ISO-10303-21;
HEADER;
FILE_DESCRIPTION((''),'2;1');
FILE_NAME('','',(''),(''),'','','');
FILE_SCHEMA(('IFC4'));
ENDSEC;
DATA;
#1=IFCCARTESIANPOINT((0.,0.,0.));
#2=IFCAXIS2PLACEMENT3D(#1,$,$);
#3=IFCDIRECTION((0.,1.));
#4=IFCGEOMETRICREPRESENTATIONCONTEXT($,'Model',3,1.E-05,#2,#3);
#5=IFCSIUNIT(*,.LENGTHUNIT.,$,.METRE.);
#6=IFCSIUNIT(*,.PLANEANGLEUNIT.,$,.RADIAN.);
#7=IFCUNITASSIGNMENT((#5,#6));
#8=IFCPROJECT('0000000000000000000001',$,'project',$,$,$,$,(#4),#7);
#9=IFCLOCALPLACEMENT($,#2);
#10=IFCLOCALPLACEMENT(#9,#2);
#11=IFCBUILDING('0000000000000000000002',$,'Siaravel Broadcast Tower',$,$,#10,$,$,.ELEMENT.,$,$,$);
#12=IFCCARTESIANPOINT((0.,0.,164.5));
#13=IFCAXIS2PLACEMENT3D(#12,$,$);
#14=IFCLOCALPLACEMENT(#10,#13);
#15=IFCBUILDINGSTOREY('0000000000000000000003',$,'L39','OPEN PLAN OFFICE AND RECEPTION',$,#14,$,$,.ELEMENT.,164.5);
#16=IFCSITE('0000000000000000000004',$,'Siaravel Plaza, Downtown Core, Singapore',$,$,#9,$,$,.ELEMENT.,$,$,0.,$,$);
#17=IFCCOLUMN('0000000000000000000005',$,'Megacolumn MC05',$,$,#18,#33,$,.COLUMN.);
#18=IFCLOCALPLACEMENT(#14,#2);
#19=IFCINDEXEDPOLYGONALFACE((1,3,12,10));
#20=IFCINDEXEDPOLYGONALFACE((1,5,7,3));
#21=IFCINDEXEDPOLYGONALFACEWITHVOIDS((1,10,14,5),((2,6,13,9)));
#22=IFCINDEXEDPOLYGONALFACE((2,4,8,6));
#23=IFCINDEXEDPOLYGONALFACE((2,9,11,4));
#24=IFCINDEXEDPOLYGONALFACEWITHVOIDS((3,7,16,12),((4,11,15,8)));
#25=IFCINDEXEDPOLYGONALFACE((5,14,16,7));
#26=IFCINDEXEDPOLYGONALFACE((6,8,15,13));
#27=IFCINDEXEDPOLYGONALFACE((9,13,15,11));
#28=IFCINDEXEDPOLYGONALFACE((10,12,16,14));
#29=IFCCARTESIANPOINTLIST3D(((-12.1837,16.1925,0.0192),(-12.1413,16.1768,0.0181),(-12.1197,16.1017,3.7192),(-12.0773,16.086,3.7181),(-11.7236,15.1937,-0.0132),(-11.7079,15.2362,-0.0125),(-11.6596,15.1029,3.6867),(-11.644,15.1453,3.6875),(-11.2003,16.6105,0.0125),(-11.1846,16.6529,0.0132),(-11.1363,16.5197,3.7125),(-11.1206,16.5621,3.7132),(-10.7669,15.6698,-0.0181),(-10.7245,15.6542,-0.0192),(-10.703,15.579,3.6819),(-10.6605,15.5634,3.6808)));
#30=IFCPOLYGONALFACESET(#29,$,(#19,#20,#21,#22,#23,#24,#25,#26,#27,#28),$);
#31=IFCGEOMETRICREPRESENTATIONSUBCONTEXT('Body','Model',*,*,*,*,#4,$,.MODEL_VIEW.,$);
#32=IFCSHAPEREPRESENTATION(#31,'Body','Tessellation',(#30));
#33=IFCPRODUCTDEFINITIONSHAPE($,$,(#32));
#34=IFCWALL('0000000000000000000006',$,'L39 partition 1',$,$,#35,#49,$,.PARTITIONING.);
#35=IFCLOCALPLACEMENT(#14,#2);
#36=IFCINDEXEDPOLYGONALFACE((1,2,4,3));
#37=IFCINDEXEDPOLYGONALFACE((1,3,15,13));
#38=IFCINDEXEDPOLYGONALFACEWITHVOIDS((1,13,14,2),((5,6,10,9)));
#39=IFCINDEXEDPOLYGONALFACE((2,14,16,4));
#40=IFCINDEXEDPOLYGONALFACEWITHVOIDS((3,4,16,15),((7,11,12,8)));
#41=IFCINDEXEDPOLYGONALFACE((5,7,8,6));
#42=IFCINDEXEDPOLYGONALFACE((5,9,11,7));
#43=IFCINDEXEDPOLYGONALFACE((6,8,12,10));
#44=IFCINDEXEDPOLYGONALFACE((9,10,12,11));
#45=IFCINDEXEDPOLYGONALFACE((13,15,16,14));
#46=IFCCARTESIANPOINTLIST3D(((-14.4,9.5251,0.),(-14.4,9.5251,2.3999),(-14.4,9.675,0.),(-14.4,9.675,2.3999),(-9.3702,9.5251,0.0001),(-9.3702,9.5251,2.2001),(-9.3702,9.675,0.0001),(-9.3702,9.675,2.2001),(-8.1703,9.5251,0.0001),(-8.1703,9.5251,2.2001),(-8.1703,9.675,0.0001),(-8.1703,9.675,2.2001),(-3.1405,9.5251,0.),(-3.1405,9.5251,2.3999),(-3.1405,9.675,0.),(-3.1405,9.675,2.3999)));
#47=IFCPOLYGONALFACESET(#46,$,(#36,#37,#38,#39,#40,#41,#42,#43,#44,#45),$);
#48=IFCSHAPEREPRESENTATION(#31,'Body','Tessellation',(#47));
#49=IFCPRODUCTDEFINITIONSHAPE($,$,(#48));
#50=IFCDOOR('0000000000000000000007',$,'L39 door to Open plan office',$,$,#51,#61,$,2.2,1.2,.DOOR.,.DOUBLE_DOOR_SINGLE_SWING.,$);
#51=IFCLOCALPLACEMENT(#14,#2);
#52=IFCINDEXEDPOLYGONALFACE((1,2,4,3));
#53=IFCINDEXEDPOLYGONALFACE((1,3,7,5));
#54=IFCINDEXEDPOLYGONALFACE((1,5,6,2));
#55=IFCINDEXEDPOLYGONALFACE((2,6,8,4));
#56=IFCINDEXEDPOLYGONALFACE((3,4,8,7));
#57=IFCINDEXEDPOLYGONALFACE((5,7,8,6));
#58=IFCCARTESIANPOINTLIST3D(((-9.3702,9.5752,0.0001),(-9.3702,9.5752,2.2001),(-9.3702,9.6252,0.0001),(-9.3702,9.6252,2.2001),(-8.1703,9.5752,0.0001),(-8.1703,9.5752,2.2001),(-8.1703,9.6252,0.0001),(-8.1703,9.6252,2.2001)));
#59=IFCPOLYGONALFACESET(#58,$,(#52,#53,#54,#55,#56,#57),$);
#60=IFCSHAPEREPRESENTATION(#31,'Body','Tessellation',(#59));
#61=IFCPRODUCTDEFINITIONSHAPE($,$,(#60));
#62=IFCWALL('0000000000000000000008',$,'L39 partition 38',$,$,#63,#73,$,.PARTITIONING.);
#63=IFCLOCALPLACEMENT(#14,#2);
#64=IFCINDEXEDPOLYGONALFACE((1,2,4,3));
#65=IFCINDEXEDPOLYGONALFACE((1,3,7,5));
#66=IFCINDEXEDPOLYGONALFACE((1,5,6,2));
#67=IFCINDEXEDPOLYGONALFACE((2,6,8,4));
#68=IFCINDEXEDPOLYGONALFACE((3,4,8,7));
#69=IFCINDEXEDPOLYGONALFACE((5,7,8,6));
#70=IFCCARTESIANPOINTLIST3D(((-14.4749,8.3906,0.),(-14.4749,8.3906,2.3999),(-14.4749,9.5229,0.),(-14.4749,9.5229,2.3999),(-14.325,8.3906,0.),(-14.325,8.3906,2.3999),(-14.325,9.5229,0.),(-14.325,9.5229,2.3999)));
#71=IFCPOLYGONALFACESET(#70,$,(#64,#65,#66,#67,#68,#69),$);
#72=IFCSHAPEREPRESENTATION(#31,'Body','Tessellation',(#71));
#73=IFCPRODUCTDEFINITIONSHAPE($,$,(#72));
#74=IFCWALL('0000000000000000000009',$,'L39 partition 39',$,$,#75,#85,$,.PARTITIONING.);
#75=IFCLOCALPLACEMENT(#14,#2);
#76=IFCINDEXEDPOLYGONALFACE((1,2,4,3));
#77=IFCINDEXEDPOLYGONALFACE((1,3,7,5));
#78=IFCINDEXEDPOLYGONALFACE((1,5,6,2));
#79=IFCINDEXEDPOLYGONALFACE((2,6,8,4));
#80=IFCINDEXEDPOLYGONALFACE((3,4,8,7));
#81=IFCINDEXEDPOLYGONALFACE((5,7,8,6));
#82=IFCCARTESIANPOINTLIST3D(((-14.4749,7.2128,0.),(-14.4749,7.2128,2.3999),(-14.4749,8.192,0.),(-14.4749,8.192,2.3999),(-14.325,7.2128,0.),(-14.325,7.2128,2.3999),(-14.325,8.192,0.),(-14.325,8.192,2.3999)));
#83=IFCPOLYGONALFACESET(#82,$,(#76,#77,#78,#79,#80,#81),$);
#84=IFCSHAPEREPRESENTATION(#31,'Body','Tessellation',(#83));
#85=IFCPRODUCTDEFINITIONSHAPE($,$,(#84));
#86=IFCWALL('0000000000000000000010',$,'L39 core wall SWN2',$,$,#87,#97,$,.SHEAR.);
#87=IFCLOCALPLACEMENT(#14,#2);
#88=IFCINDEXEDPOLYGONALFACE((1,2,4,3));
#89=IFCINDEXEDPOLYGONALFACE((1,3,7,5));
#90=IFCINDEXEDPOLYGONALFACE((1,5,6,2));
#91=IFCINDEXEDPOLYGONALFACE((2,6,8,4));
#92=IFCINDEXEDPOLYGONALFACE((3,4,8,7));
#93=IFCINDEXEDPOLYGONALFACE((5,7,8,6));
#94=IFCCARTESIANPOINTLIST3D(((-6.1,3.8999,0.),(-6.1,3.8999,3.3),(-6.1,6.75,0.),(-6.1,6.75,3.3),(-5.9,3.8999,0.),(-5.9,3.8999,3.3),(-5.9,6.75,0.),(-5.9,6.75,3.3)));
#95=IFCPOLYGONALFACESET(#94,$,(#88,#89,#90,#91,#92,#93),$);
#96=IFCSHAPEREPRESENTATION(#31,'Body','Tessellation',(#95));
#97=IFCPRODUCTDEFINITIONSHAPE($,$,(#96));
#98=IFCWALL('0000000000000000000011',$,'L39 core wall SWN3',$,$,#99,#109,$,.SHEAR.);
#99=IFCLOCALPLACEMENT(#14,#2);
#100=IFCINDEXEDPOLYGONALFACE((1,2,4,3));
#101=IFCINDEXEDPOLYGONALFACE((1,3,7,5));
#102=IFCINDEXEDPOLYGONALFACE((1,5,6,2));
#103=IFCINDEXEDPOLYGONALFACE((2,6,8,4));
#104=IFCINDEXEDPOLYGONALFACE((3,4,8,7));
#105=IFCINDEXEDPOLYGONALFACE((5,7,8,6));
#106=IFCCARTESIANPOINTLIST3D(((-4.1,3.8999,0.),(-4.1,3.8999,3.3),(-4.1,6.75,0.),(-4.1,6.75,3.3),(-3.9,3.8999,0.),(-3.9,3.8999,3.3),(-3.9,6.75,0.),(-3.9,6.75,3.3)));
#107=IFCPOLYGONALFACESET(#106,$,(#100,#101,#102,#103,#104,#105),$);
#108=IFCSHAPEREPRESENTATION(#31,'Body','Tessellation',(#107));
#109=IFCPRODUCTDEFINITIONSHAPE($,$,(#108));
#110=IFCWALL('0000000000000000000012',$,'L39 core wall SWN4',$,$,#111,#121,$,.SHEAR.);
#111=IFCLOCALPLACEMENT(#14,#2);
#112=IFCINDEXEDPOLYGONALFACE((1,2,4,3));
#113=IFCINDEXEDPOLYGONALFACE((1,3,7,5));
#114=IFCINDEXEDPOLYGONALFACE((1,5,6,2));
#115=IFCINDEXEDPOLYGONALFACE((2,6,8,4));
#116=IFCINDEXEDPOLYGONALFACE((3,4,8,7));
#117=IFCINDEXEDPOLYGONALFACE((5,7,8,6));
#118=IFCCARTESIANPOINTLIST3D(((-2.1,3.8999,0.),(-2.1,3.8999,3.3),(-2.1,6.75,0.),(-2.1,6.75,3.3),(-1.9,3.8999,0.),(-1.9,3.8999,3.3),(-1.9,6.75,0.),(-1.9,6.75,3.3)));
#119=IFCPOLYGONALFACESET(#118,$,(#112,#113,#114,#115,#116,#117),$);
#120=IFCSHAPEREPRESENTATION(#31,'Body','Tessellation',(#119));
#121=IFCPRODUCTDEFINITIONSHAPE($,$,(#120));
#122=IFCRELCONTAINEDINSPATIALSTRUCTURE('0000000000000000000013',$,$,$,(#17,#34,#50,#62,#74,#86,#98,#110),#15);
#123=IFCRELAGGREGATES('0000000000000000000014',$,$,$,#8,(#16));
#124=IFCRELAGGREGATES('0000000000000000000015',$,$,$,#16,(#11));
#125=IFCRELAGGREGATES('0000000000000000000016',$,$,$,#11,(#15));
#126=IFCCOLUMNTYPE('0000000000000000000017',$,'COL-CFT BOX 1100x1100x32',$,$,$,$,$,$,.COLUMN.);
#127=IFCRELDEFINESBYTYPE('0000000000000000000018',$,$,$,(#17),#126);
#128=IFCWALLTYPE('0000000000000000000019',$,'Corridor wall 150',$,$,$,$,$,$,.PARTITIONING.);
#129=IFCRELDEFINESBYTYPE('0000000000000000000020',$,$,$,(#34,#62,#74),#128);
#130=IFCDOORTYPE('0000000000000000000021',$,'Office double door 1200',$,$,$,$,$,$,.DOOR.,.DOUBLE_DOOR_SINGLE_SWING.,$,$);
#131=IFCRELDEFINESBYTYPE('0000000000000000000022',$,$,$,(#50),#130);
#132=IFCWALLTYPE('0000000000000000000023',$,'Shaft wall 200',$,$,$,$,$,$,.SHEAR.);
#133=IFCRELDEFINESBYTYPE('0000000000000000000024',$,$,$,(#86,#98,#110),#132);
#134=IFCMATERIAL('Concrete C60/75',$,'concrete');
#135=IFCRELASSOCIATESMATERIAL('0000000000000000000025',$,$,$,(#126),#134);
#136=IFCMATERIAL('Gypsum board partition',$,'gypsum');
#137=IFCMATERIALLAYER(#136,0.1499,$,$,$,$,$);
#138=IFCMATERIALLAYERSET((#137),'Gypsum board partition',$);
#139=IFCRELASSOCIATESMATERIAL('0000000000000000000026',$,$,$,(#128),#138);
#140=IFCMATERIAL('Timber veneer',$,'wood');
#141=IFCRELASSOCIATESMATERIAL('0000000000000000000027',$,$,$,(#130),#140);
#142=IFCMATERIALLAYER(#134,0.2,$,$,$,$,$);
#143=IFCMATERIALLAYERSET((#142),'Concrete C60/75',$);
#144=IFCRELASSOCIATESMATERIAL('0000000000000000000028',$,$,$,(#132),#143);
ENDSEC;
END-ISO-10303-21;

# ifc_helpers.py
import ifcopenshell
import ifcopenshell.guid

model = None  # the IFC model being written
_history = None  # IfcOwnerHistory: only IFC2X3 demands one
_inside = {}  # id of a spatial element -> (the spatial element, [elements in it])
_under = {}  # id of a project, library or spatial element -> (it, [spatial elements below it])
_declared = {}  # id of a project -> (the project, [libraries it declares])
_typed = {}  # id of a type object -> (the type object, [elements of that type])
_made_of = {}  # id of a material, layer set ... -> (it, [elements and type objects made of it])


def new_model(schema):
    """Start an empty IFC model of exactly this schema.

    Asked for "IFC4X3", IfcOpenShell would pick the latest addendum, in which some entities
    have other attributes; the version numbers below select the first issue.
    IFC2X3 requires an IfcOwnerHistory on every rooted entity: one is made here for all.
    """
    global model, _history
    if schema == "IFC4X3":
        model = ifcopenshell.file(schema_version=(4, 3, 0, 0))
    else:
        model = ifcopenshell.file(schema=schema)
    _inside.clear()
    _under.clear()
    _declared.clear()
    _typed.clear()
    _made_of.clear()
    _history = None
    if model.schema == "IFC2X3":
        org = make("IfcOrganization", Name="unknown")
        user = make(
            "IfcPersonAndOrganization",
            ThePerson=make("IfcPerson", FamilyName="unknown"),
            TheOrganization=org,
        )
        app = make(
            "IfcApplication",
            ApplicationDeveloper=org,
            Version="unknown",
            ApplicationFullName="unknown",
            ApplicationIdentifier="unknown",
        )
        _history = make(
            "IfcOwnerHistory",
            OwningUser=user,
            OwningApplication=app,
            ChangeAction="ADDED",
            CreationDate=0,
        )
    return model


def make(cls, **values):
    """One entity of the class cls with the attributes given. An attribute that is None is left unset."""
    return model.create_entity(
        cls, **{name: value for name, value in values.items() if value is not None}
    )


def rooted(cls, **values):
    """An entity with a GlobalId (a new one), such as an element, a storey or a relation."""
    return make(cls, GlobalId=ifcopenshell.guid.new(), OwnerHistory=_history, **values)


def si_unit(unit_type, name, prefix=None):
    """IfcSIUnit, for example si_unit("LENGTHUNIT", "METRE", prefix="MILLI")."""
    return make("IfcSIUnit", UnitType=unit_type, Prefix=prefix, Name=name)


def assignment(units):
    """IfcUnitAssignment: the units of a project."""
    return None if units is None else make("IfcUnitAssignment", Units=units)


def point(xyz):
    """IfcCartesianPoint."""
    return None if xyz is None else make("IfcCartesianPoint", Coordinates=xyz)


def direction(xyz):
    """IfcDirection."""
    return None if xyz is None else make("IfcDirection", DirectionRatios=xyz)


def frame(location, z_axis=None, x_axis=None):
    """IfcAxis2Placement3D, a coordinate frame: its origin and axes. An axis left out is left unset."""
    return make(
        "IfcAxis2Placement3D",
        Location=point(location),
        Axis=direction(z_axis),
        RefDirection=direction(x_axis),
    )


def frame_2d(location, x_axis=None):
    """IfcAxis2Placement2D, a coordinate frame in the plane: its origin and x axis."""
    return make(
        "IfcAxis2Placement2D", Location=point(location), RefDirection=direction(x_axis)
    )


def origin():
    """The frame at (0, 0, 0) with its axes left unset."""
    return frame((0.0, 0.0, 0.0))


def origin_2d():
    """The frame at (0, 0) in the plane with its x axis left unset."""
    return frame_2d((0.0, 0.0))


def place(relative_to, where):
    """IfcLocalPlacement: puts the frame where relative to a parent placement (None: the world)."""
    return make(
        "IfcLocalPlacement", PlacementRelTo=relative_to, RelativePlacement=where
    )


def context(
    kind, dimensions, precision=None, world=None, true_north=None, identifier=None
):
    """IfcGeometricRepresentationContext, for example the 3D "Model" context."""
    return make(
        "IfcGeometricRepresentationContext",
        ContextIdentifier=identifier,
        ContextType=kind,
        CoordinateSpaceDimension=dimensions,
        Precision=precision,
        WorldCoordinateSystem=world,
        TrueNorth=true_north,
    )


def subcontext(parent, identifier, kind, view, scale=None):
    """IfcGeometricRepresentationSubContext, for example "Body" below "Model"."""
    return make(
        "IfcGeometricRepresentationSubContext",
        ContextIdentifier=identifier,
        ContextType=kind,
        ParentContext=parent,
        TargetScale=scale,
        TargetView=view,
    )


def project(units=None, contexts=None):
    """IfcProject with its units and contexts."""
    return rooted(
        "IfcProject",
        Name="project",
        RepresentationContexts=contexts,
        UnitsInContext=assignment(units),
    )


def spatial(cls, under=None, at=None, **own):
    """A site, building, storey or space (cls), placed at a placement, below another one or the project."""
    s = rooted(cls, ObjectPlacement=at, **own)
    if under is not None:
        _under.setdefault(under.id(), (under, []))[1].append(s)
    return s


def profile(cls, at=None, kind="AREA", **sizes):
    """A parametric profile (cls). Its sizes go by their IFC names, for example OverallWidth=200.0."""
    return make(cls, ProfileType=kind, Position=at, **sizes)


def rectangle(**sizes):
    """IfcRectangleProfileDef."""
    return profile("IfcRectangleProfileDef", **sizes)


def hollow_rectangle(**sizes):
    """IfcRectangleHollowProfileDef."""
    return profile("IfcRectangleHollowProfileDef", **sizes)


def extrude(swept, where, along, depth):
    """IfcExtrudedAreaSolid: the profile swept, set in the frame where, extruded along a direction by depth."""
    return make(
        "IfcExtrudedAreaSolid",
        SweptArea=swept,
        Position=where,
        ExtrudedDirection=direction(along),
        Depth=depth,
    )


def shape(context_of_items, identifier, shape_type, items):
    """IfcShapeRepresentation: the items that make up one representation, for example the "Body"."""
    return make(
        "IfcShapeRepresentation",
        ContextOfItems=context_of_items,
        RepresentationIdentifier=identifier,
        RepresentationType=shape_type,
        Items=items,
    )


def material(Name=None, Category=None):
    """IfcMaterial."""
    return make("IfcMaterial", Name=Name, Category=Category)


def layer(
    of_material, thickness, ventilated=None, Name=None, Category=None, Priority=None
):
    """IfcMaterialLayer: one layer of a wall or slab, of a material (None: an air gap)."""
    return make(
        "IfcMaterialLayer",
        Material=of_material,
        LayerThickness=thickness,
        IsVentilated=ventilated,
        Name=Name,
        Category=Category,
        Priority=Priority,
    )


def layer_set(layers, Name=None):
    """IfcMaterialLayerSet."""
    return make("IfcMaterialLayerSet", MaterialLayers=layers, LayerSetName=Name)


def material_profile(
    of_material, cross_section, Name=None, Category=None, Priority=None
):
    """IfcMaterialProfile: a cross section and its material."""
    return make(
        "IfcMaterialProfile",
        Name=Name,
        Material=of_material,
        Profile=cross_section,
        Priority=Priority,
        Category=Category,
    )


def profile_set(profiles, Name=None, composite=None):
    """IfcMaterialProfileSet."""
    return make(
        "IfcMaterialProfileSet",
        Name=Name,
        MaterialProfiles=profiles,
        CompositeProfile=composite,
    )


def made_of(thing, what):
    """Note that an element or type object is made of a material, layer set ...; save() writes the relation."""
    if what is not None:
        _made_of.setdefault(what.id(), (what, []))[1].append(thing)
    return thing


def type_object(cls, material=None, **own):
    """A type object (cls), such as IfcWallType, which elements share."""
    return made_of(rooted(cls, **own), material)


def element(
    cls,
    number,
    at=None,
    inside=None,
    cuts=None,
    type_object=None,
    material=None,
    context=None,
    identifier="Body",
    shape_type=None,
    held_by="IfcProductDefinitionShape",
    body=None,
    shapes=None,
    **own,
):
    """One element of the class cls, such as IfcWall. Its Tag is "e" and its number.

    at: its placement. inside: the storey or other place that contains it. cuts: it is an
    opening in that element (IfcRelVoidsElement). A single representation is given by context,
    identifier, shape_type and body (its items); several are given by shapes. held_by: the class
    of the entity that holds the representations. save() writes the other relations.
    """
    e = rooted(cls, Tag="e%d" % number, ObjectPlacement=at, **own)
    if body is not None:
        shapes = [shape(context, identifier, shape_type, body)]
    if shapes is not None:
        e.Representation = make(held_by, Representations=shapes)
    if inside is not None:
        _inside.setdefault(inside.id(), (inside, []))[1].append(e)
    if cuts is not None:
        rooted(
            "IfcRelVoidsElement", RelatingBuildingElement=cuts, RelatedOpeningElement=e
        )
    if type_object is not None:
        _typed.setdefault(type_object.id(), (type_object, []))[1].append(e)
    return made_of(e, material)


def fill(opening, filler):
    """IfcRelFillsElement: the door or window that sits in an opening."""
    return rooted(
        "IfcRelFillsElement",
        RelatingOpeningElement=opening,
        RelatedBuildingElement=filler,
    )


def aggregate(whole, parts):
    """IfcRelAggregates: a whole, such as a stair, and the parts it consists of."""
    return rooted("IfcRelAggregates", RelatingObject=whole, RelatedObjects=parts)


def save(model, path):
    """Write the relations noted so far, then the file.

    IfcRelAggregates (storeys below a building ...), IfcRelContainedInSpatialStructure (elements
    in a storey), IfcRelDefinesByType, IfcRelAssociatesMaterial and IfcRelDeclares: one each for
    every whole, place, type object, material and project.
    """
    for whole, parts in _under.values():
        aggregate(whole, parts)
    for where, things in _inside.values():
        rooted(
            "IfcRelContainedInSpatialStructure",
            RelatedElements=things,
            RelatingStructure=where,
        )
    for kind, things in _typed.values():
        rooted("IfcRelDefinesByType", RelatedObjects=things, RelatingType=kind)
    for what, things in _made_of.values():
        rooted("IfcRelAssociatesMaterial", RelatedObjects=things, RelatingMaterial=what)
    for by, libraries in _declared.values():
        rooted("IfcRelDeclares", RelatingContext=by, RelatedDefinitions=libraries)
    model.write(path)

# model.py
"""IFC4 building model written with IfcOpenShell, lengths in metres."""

from ifc_helpers import new_model, si_unit, direction, frame, frame_2d, origin, origin_2d, place, context, subcontext, project, spatial, rectangle, hollow_rectangle, extrude, material, layer, layer_set, material_profile, profile_set, type_object, element, fill, save


model = new_model("IFC4")

# Units and contexts
model_context = context("Model", 3, precision=1e-05, world=origin(), true_north=direction((0.0, 1.0)))
body_context = subcontext(model_context, "Body", "Model", "MODEL_VIEW")
ifc_project = project(units=[si_unit("LENGTHUNIT", "METRE"), si_unit("PLANEANGLEUNIT", "RADIAN")], contexts=[model_context])

# Site, building, storey
site_placement = place(None, origin())
site = spatial("IfcSite", under=ifc_project, at=site_placement, Name="Siaravel Plaza, Downtown Core, Singapore", CompositionType="ELEMENT", RefElevation=0.0)
building_placement = place(site_placement, origin())
building = spatial("IfcBuilding", under=site, at=building_placement, Name="Siaravel Broadcast Tower", CompositionType="ELEMENT")
storey_placement = place(building_placement, frame((0.0, 0.0, 164.5)))
storey = spatial("IfcBuildingStorey", under=building, at=storey_placement, Name="L39", Description="OPEN PLAN OFFICE AND RECEPTION", CompositionType="ELEMENT", Elevation=164.5)

# Column
ifc_material_1 = material(Name="Concrete C60/75", Category="concrete")
ifc_material_profile = material_profile(ifc_material_1, hollow_rectangle(XDim=1.1001, YDim=1.1001, WallThickness=0.032, at=origin_2d()))
ifc_profile_set = profile_set([ifc_material_profile], Name="Concrete C60/75")
column_type = type_object("IfcColumnType", Name="COL-CFT BOX 1100x1100x32", PredefinedType="COLUMN", material=ifc_profile_set)
column_placement = place(storey_placement, frame((-11.4541, 15.9233, 0.0), z_axis=(0.01728, -0.024535, 0.99955), x_axis=(0.908176, 0.418553, -0.005427)))
element("IfcColumn", 1, at=column_placement, inside=storey, type_object=column_type, Name="Megacolumn MC05", PredefinedType="COLUMN", context=body_context, shape_type="SweptSolid", body=[
    extrude(hollow_rectangle(XDim=1.1001, YDim=1.1001, WallThickness=0.032, at=origin_2d()), origin(), (0.0, 0.0, 1.0), 3.7017),
])

# Shared definitions
ifc_material_2 = material(Name="Timber veneer", Category="wood")

# Wall, opening, door
ifc_material_3 = material(Name="Gypsum board partition", Category="gypsum")
ifc_layer_1 = layer(ifc_material_3, 0.1499)
ifc_layer_set_1 = layer_set([ifc_layer_1], Name="Gypsum board partition")
wall_type_1 = type_object("IfcWallType", Name="Corridor wall 150", PredefinedType="PARTITIONING", material=ifc_layer_set_1)
wall_1_placement = place(storey_placement, frame((-3.1404, 9.6001, 0.0), z_axis=(0.0, 0.0, 1.0), x_axis=(-1.0, 0.0, 0.0)))
wall_1 = element("IfcWall", 2, at=wall_1_placement, inside=storey, type_object=wall_type_1, Name="L39 partition 1", PredefinedType="PARTITIONING", context=body_context, shape_type="SweptSolid", body=[
    extrude(rectangle(XDim=11.2595, YDim=0.1499, at=frame_2d((5.6299, 0.0))), origin(), (0.0, 0.0, 1.0), 2.3999),
])
opening_1_placement = place(wall_1_placement, frame((5.0298, 0.0, 0.0)))
opening_1 = element("IfcOpeningElement", 3, at=opening_1_placement, cuts=wall_1, PredefinedType="OPENING", context=body_context, shape_type="SweptSolid", body=[
    extrude(rectangle(XDim=1.2, YDim=2.2, at=frame_2d((0.6001, 1.1001))), frame((0.0, 0.085, 0.0), z_axis=(0.0, -1.0, 0.0), x_axis=(1.0, 0.0, 0.0)), (0.0, 0.0, 1.0), 0.1699),
])
door_type_1 = type_object("IfcDoorType", Name="Office double door 1200", OperationType="DOUBLE_DOOR_SINGLE_SWING", PredefinedType="DOOR", material=ifc_material_2)
door_1_placement = place(opening_1_placement, origin())
door_1 = element("IfcDoor", 4, at=door_1_placement, inside=storey, type_object=door_type_1, Name="L39 door to Open plan office", OperationType="DOUBLE_DOOR_SINGLE_SWING", OverallHeight=2.2, OverallWidth=1.2, PredefinedType="DOOR", context=body_context, shape_type="SweptSolid", body=[
    extrude(rectangle(XDim=1.2, YDim=2.2, at=frame_2d((0.6001, 1.1001))), frame((0.0, 0.0249, 0.0), z_axis=(0.0, -1.0, 0.0), x_axis=(1.0, 0.0, 0.0)), (0.0, 0.0, 1.0), 0.05),
])
fill(opening_1, door_1)

# Walls
wall_2_placement = place(storey_placement, frame((-14.3999, 9.5229, 0.0), z_axis=(0.0, 0.0, 1.0), x_axis=(0.0, -1.0, 0.0)))
element("IfcWall", 5, at=wall_2_placement, inside=storey, type_object=wall_type_1, Name="L39 partition 38", PredefinedType="PARTITIONING", context=body_context, shape_type="SweptSolid", body=[
    extrude(rectangle(XDim=1.1323, YDim=0.1499, at=frame_2d((0.5662, 0.0))), origin(), (0.0, 0.0, 1.0), 2.3999),
])
wall_3_placement = place(storey_placement, frame((-14.3999, 8.1921, 0.0), z_axis=(0.0, 0.0, 1.0), x_axis=(0.0, -1.0, 0.0)))
element("IfcWall", 6, at=wall_3_placement, inside=storey, type_object=wall_type_1, Name="L39 partition 39", PredefinedType="PARTITIONING", context=body_context, shape_type="SweptSolid", body=[
    extrude(rectangle(XDim=0.9792, YDim=0.1499, at=frame_2d((0.4897, 0.0))), origin(), (0.0, 0.0, 1.0), 2.3999),
])
ifc_layer_2 = layer(ifc_material_1, 0.2)
ifc_layer_set_2 = layer_set([ifc_layer_2], Name="Concrete C60/75")
wall_type_2 = type_object("IfcWallType", Name="Shaft wall 200", PredefinedType="SHEAR", material=ifc_layer_set_2)
for number, where, z_axis, x_axis, name in (
    (7, (-6.0, 3.8999, 0.0), (0.0, 0.0, 1.0), (0.0, 1.0, 0.0), "L39 core wall SWN2"),
    (8, (-4.0, 3.8999, 0.0), (0.0, 0.0, 1.0), (0.0, 1.0, 0.0), "L39 core wall SWN3"),
    (9, (-2.0, 3.8999, 0.0), (0.0, 0.0, 1.0), (0.0, 1.0, 0.0), "L39 core wall SWN4"),
):
    element("IfcWall", number, at=place(storey_placement, frame(where, z_axis=z_axis, x_axis=x_axis)), inside=storey, type_object=wall_type_2, Name=name, PredefinedType="SHEAR", context=body_context, shape_type="SweptSolid", body=[
        extrude(rectangle(XDim=2.8501, YDim=0.2, at=frame_2d((1.425, 0.0))), origin(), (0.0, 0.0, 1.0), 3.3),
    ])

save(model, "model.ifc")
